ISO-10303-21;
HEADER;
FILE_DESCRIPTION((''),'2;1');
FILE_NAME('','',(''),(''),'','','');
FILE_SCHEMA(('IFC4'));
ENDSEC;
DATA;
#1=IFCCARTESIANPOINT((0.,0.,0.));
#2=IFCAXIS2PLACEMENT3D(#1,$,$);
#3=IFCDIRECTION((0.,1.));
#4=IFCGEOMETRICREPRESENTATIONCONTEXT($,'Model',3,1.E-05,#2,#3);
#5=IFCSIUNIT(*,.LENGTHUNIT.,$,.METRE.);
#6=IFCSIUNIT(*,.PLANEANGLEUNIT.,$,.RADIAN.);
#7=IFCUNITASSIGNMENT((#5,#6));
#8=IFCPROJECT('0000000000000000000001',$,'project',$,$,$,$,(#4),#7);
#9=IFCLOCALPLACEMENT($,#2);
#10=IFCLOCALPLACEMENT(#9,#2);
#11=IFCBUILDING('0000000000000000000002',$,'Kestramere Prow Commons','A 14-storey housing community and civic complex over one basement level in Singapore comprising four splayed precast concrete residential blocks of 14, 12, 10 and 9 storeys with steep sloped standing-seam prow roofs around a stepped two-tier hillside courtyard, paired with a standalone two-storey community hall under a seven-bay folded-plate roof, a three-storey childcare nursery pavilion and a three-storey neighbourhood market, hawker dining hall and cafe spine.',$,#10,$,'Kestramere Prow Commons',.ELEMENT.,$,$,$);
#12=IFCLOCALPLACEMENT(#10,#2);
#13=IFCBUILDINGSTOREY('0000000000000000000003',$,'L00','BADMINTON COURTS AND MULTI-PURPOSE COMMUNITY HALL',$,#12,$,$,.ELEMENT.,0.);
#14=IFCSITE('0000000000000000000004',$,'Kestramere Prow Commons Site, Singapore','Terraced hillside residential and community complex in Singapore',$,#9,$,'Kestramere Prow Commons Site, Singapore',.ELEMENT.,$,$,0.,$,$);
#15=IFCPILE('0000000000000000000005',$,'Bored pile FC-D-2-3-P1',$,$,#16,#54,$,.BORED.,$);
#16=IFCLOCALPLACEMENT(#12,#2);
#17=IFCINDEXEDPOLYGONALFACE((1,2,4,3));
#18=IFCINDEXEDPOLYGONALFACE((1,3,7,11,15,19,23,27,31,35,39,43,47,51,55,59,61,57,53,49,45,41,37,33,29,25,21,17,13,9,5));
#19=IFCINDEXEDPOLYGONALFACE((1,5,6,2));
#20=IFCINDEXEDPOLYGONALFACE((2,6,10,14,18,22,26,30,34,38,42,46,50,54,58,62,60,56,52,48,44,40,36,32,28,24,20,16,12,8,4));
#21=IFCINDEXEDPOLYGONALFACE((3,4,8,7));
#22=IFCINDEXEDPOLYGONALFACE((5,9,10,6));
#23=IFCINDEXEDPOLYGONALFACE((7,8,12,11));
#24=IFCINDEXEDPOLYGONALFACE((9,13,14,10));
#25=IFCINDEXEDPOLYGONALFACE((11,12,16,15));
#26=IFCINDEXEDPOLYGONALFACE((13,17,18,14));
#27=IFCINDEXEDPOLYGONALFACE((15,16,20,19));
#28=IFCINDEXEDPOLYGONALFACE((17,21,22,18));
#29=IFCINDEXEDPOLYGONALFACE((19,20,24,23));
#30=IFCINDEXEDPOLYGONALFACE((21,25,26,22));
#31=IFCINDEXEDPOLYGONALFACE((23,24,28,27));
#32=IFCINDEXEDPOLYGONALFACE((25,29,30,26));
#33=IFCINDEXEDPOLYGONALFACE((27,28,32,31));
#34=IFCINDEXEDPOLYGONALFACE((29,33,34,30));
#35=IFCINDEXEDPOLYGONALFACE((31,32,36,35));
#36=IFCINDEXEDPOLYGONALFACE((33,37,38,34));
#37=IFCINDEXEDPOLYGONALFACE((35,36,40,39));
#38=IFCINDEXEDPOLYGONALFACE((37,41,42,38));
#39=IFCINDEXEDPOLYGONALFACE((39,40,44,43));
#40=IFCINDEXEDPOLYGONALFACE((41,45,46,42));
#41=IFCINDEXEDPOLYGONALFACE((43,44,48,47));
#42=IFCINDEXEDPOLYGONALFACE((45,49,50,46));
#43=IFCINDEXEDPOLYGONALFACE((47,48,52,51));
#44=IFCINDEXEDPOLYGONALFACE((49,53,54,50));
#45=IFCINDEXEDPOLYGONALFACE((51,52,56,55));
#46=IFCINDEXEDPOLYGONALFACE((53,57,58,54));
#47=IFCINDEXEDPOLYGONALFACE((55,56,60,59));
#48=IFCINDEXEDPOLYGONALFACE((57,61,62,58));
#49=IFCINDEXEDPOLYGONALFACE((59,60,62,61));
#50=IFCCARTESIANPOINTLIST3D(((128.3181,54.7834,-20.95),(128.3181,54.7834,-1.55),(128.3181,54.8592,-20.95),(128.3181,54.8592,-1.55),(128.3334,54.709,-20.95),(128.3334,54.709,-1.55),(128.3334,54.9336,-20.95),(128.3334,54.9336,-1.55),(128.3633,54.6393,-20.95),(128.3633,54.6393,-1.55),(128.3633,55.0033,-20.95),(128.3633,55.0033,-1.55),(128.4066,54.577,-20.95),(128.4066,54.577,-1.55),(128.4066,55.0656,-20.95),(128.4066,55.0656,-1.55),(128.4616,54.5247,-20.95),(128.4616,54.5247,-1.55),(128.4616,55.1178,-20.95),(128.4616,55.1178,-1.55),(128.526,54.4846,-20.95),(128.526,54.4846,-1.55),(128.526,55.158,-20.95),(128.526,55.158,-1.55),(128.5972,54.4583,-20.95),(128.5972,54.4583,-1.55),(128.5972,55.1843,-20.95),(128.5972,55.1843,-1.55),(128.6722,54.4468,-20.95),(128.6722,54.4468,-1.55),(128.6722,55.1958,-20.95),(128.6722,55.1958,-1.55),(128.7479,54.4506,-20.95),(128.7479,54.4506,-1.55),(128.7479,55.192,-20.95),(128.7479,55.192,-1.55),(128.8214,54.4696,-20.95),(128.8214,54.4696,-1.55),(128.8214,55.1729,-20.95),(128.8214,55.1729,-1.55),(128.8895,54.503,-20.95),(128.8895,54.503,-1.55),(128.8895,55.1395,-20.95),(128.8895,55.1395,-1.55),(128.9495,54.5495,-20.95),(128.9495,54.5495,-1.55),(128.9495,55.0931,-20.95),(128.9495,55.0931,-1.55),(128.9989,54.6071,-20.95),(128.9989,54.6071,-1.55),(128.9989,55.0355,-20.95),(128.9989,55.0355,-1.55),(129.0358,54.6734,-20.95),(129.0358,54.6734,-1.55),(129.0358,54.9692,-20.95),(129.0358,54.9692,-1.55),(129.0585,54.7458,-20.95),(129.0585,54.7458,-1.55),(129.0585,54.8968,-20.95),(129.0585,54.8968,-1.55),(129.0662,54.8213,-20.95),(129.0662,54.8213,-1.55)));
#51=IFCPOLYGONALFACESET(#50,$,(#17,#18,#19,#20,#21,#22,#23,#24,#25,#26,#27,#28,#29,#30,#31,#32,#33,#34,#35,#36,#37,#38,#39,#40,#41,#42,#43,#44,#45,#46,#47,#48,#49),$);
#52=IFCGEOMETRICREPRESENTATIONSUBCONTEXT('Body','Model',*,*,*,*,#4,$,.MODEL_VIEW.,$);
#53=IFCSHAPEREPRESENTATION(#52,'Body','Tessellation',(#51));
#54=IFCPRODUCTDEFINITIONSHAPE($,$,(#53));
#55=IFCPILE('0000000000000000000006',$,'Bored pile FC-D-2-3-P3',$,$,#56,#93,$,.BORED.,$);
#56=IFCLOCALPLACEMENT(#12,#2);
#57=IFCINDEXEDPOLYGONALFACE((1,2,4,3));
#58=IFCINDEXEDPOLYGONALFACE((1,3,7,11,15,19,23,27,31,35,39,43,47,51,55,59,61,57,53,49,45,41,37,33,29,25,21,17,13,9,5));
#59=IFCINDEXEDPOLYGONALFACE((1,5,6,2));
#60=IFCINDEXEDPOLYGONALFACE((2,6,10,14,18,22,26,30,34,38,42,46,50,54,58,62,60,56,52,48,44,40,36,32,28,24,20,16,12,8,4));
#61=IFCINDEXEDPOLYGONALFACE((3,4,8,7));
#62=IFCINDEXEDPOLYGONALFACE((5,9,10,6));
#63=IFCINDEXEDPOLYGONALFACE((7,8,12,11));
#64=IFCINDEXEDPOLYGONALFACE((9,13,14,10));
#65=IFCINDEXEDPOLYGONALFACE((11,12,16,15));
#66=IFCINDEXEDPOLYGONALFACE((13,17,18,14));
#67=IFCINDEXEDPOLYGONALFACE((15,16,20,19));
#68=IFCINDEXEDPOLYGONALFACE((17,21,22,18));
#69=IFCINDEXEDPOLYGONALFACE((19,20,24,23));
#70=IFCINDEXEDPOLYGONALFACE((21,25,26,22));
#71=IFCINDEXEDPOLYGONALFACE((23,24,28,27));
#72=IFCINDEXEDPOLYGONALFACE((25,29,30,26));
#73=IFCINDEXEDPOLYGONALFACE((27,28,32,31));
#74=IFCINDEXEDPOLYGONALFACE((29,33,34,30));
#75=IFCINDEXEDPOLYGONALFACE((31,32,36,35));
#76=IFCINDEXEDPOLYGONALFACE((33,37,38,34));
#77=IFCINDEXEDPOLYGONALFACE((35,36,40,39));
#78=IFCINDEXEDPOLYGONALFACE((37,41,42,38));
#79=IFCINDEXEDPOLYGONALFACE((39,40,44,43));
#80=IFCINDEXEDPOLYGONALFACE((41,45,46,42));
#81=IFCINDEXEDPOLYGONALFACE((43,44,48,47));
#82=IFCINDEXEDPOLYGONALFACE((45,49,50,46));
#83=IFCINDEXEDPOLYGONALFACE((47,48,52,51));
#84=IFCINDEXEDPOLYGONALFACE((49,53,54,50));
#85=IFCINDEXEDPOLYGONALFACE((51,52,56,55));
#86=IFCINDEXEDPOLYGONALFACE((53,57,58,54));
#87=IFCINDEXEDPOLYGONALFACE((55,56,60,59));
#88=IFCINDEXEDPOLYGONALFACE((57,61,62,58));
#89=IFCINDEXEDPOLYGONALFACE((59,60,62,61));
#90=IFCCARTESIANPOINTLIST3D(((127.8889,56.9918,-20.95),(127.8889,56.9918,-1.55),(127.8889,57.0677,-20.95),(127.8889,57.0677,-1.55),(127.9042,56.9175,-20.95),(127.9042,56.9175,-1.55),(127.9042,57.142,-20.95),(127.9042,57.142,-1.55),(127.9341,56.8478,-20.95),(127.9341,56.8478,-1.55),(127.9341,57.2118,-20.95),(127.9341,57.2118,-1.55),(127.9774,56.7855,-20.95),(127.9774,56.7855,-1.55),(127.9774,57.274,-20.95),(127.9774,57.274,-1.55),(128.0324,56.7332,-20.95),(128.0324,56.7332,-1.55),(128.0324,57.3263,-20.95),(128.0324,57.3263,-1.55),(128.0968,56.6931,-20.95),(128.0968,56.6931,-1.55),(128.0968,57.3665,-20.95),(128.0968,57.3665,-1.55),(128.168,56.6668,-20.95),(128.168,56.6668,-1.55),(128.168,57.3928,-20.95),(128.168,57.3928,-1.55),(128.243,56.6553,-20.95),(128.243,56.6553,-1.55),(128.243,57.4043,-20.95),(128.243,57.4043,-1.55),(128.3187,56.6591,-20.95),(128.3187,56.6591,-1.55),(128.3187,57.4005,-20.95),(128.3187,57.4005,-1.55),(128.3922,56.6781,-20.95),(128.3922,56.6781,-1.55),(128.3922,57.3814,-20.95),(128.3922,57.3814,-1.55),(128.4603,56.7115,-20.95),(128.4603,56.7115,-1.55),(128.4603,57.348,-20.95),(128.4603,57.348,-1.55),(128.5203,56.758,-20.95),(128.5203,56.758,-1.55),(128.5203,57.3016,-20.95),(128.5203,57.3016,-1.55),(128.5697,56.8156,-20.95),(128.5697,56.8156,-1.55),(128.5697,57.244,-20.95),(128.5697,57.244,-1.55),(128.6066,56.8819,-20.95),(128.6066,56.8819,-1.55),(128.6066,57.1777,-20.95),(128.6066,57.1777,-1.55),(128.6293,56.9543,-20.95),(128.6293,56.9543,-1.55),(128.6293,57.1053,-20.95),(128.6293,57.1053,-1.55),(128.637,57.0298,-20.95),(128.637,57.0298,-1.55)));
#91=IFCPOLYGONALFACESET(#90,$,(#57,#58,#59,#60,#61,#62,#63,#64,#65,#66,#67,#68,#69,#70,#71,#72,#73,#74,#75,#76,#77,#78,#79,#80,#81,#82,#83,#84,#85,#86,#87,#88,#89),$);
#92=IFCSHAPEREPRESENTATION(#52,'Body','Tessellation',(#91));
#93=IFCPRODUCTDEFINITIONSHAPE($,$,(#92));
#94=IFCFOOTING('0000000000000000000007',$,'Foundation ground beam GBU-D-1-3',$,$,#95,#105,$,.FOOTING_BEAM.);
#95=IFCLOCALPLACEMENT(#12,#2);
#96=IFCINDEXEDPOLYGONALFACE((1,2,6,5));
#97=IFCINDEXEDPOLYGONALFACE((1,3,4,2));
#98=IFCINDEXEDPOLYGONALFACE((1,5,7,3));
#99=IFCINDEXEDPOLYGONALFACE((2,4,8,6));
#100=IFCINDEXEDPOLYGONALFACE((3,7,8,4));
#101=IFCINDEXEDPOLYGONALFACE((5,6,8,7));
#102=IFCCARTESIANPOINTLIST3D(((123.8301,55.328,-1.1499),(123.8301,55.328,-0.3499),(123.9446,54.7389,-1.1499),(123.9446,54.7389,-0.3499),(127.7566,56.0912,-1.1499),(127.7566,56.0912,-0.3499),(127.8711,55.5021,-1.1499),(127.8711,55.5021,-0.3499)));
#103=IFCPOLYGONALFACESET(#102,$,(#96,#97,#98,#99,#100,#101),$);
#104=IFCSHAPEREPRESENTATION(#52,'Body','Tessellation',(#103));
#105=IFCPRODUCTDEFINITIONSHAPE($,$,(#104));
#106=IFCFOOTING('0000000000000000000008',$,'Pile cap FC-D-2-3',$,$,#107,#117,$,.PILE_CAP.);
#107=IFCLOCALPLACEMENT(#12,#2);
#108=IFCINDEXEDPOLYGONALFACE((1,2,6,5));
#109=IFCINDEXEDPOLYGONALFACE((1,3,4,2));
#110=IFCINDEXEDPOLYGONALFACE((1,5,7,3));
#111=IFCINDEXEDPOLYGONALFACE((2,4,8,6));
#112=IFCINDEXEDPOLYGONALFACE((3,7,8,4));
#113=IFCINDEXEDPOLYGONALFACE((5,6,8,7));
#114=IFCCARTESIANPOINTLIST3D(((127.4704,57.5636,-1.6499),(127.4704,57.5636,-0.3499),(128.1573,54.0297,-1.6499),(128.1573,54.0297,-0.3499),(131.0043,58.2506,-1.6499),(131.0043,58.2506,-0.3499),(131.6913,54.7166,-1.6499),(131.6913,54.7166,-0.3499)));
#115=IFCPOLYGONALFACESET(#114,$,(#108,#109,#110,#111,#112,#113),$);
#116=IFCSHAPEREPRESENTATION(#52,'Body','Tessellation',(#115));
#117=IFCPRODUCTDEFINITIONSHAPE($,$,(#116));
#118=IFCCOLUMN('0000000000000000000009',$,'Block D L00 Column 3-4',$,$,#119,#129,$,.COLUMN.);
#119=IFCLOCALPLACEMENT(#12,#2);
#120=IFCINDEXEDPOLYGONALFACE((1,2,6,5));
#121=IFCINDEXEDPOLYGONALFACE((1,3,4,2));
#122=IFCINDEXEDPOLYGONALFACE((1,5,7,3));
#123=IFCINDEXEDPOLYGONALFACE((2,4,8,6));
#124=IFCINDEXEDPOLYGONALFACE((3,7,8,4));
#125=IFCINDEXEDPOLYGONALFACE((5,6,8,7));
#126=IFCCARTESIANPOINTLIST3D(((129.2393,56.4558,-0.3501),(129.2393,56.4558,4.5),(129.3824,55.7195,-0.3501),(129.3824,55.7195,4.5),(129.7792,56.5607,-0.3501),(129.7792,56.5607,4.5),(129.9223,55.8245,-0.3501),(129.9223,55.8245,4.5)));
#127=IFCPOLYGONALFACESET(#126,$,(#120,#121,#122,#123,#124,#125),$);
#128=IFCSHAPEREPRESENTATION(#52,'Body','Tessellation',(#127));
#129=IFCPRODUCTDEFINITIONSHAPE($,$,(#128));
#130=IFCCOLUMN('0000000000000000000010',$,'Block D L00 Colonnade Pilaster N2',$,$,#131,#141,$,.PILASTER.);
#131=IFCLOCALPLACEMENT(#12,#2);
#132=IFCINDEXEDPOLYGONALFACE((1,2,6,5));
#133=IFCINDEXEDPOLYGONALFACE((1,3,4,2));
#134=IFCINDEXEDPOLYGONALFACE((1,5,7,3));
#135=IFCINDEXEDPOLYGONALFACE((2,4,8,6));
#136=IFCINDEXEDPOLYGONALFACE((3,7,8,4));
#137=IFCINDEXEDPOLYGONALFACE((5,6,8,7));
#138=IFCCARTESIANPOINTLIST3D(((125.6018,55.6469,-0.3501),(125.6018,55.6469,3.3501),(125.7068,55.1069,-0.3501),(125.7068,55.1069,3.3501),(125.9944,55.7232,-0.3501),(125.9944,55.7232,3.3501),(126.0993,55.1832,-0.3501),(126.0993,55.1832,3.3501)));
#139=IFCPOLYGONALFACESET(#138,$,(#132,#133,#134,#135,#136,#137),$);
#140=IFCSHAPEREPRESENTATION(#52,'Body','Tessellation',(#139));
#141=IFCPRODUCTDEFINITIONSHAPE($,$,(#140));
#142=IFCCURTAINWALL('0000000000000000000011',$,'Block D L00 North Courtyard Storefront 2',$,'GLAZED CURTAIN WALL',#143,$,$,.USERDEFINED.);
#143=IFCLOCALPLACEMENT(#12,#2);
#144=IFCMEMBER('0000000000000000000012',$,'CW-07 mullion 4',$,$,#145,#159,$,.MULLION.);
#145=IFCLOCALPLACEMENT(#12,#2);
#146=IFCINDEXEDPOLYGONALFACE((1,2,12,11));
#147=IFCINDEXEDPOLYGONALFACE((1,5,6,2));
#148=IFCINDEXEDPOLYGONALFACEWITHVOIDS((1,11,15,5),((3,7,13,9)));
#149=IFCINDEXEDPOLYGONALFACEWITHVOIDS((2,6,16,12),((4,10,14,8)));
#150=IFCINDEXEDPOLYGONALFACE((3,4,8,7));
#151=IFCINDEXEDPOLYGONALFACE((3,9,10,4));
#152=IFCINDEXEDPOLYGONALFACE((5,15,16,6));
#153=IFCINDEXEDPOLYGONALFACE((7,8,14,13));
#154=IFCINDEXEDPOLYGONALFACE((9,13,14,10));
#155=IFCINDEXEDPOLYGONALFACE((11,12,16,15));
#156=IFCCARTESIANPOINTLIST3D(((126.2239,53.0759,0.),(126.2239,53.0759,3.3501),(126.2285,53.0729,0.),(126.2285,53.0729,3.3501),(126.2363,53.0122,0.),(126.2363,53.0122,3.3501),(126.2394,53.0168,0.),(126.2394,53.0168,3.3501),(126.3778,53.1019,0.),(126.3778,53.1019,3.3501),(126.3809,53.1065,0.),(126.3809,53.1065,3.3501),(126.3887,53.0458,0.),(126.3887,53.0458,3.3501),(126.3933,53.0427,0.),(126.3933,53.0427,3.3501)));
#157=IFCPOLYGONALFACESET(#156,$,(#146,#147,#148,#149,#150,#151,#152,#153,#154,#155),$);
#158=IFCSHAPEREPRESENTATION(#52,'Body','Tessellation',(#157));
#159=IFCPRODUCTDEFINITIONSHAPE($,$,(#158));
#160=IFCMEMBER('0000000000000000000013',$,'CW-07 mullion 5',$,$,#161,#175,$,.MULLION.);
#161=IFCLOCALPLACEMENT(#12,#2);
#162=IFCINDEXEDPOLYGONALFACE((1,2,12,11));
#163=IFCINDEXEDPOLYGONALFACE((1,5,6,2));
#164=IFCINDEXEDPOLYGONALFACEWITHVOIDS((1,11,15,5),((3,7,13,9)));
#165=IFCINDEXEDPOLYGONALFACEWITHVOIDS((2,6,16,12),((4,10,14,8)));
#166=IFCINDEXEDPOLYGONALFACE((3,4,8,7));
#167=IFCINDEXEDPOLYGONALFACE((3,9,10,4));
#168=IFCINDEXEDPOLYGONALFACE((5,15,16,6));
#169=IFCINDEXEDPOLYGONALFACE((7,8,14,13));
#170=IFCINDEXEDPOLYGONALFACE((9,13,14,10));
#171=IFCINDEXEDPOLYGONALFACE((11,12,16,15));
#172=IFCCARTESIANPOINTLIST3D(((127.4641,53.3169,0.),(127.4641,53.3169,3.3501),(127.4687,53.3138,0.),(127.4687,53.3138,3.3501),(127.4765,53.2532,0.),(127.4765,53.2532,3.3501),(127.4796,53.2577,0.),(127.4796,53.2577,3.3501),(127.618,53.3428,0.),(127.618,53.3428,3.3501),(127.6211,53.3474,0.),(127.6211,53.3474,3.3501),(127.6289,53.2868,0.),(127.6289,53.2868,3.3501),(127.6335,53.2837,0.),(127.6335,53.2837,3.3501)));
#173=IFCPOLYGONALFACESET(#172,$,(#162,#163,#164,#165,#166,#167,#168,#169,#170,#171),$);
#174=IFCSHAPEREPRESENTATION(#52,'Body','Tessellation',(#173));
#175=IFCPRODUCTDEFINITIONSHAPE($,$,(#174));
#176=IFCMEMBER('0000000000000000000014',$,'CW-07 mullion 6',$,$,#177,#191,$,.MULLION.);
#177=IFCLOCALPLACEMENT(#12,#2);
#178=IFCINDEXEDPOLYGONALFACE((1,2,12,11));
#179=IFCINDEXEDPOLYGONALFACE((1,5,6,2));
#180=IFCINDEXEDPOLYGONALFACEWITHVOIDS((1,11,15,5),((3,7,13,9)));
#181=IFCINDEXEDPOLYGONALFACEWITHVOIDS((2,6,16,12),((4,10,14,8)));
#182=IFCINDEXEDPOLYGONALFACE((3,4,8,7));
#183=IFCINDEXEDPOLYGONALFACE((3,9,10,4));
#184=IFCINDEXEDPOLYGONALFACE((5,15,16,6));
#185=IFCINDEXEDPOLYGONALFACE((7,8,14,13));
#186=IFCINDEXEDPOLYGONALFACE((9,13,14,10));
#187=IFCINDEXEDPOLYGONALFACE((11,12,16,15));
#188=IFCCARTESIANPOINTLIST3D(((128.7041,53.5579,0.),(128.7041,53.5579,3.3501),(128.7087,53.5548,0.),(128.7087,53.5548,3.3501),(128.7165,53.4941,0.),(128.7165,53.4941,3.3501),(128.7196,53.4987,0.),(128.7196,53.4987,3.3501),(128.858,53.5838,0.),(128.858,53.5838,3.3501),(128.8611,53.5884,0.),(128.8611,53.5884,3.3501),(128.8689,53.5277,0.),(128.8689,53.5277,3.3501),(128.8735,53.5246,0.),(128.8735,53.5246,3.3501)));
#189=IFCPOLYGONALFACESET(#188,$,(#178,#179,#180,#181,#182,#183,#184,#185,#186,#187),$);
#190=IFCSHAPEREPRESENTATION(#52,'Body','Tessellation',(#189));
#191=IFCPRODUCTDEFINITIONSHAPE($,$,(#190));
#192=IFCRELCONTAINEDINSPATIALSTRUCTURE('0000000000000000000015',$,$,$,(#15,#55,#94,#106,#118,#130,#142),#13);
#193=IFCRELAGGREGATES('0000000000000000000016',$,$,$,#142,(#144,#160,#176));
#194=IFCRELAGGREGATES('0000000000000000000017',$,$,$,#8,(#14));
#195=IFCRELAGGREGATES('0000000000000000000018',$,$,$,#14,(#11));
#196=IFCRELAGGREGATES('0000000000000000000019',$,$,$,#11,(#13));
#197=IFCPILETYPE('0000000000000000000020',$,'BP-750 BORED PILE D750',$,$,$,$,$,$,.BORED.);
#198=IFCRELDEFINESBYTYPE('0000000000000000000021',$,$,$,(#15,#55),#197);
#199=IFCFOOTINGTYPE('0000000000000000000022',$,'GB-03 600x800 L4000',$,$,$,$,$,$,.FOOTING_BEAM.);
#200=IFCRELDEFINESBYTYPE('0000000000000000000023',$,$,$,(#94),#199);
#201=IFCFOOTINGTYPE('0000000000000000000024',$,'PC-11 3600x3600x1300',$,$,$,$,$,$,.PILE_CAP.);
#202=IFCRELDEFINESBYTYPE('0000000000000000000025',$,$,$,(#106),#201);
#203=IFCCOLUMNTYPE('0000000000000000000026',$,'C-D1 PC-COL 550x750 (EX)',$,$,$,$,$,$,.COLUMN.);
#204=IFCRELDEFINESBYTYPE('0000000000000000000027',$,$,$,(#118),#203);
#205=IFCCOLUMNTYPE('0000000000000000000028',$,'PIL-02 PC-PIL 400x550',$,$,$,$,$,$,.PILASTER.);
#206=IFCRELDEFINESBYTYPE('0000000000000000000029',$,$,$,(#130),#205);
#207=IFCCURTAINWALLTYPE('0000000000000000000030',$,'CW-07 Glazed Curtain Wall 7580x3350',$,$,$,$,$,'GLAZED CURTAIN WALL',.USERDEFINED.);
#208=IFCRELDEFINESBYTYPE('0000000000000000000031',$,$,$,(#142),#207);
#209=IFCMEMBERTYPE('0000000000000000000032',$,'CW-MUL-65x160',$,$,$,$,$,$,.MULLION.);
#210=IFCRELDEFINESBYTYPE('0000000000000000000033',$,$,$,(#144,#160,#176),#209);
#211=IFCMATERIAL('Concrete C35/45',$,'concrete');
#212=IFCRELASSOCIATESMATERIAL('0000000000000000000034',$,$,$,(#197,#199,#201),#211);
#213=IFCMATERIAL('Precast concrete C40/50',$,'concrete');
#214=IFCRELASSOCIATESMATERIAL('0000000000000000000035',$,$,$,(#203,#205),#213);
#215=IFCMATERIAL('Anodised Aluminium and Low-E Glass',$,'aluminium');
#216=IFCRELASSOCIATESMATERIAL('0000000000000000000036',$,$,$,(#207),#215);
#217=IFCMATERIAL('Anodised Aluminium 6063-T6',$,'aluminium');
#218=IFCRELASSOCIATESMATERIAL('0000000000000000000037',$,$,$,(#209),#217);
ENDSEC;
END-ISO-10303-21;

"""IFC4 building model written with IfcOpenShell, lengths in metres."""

from ifc_helpers import new_model, si_unit, direction, frame, origin, origin_2d, place, context, subcontext, project, spatial, rectangle, hollow_rectangle, circle, extrude, material, material_profile, profile_set, type_object, element, aggregate, save


model = new_model("IFC4")

# Units and contexts
model_context = context("Model", 3, precision=1e-05, world=origin(), true_north=direction((0.0, 1.0)))
body_context = subcontext(model_context, "Body", "Model", "MODEL_VIEW")
ifc_project = project(units=[si_unit("LENGTHUNIT", "METRE"), si_unit("PLANEANGLEUNIT", "RADIAN")], contexts=[model_context])

# Site, building, storey
site_placement = place(None, origin())
site = spatial("IfcSite", under=ifc_project, at=site_placement, Name="Kestramere Prow Commons Site, Singapore", Description="Terraced hillside residential and community complex in Singapore", LongName="Kestramere Prow Commons Site, Singapore", CompositionType="ELEMENT", RefElevation=0.0)
building_placement = place(site_placement, origin())
building = spatial("IfcBuilding", under=site, at=building_placement, Name="Kestramere Prow Commons", Description="A 14-storey housing community and civic complex over one basement level in Singapore comprising four splayed precast concrete residential blocks of 14, 12, 10 and 9 storeys with steep sloped standing-seam prow roofs around a stepped two-tier hillside courtyard, paired with a standalone two-storey community hall under a seven-bay folded-plate roof, a three-storey childcare nursery pavilion and a three-storey neighbourhood market, hawker dining hall and cafe spine.", LongName="Kestramere Prow Commons", CompositionType="ELEMENT")
storey_placement = place(building_placement, origin())
storey = spatial("IfcBuildingStorey", under=building, at=storey_placement, Name="L00", Description="BADMINTON COURTS AND MULTI-PURPOSE COMMUNITY HALL", CompositionType="ELEMENT", Elevation=0.0)

# Piles
ifc_material_1 = material(Name="Concrete C35/45", Category="concrete")
ifc_material_profile_1 = material_profile(ifc_material_1, circle(Radius=0.375, at=origin_2d()), Name="BORED PILE D750")
ifc_profile_set_1 = profile_set([ifc_material_profile_1], Name="Concrete C35/45")
pile_type = type_object("IfcPileType", Name="BP-750 BORED PILE D750", PredefinedType="BORED", material=ifc_profile_set_1)
for number, where, z_axis, x_axis, name in (
    (1, (128.6912, 54.8213, -1.55), (0.0, 0.0, -1.0), (1.0, 0.0, 0.0), "Bored pile FC-D-2-3-P1"),
    (2, (128.262, 57.0298, -1.55), (0.0, 0.0, -1.0), (1.0, 0.0, 0.0), "Bored pile FC-D-2-3-P3"),
):
    element("IfcPile", number, at=place(storey_placement, frame(where, z_axis=z_axis, x_axis=x_axis)), inside=storey, type_object=pile_type, Name=name, PredefinedType="BORED", context=body_context, shape_type="SweptSolid", body=[
        extrude(circle(Radius=0.375, at=origin_2d()), origin(), (0.0, 0.0, 1.0), 19.3999),
    ])

# Footings
footing_type_1 = type_object("IfcFootingType", Name="GB-03 600x800 L4000", PredefinedType="FOOTING_BEAM", material=ifc_material_1)
footing_1_placement = place(storey_placement, frame((125.8506, 55.415, -1.1499), z_axis=(0.0, 0.0, 1.0), x_axis=(0.981627, 0.190809, 0.0)))
element("IfcFooting", 3, at=footing_1_placement, inside=storey, type_object=footing_type_1, Name="Foundation ground beam GBU-D-1-3", PredefinedType="FOOTING_BEAM", context=body_context, shape_type="SweptSolid", body=[
    extrude(rectangle(XDim=4.0, YDim=0.6001, at=origin_2d()), origin(), (0.0, 0.0, 1.0), 0.8),
])
footing_type_2 = type_object("IfcFootingType", Name="PC-11 3600x3600x1300", PredefinedType="PILE_CAP", material=ifc_material_1)
footing_2_placement = place(storey_placement, frame((129.5808, 56.1401, -1.6499), z_axis=(0.0, 0.0, 1.0), x_axis=(0.981627, 0.190809, 0.0)))
element("IfcFooting", 4, at=footing_2_placement, inside=storey, type_object=footing_type_2, Name="Pile cap FC-D-2-3", PredefinedType="PILE_CAP", context=body_context, shape_type="SweptSolid", body=[
    extrude(rectangle(XDim=3.6001, YDim=3.6001, at=origin_2d()), origin(), (0.0, 0.0, 1.0), 1.3),
])

# Columns
ifc_material_2 = material(Name="Precast concrete C40/50", Category="concrete")
ifc_material_profile_2 = material_profile(ifc_material_2, rectangle(XDim=0.55, YDim=0.75, at=origin_2d()), Name="PC-COL 550x750")
ifc_profile_set_2 = profile_set([ifc_material_profile_2], Name="Precast concrete C40/50")
column_type_1 = type_object("IfcColumnType", Name="C-D1 PC-COL 550x750 (EX)", PredefinedType="COLUMN", material=ifc_profile_set_2)
column_1_placement = place(storey_placement, frame((129.5808, 56.1401, -0.3501), z_axis=(0.0, 0.0, 1.0), x_axis=(0.981627, 0.190809, 0.0)))
element("IfcColumn", 5, at=column_1_placement, inside=storey, type_object=column_type_1, Name="Block D L00 Column 3-4", PredefinedType="COLUMN", context=body_context, shape_type="SweptSolid", body=[
    extrude(rectangle(XDim=0.55, YDim=0.75, at=origin_2d()), origin(), (0.0, 0.0, 1.0), 4.8501),
])
ifc_material_profile_3 = material_profile(ifc_material_2, rectangle(XDim=0.3999, YDim=0.55, at=origin_2d()), Name="PC-PIL 400x550")
ifc_profile_set_3 = profile_set([ifc_material_profile_3], Name="Precast concrete C40/50")
column_type_2 = type_object("IfcColumnType", Name="PIL-02 PC-PIL 400x550", PredefinedType="PILASTER", material=ifc_profile_set_3)
column_2_placement = place(storey_placement, frame((125.8506, 55.415, -0.3501), z_axis=(0.0, 0.0, 1.0), x_axis=(0.981627, 0.190809, 0.0)))
element("IfcColumn", 6, at=column_2_placement, inside=storey, type_object=column_type_2, Name="Block D L00 Colonnade Pilaster N2", PredefinedType="PILASTER", context=body_context, shape_type="SweptSolid", body=[
    extrude(rectangle(XDim=0.3999, YDim=0.55, at=origin_2d()), origin(), (0.0, 0.0, 1.0), 3.7002),
])

# Curtain wall, members
ifc_material_3 = material(Name="Anodised Aluminium and Low-E Glass", Category="aluminium")
curtain_wall_type = type_object("IfcCurtainWallType", Name="CW-07 Glazed Curtain Wall 7580x3350", ElementType="GLAZED CURTAIN WALL", PredefinedType="USERDEFINED", material=ifc_material_3)
curtain_wall_placement = place(storey_placement, origin())
curtain_wall = element("IfcCurtainWall", 7, at=curtain_wall_placement, inside=storey, type_object=curtain_wall_type, Name="Block D L00 North Courtyard Storefront 2", ObjectType="GLAZED CURTAIN WALL", PredefinedType="USERDEFINED")
ifc_material_4 = material(Name="Anodised Aluminium 6063-T6", Category="aluminium")
ifc_material_profile_4 = material_profile(ifc_material_4, hollow_rectangle(XDim=0.0649, YDim=0.1599, WallThickness=0.0039, at=origin_2d()), Name="ALU-MUL 65x160")
ifc_profile_set_4 = profile_set([ifc_material_profile_4], Name="Anodised Aluminium 6063-T6")
member_type_1 = type_object("IfcMemberType", Name="CW-MUL-65x160", PredefinedType="MULLION", material=ifc_profile_set_4)
member_1_placement = place(storey_placement, frame((126.3086, 53.0593, 0.0), z_axis=(0.0, 0.0, 1.0), x_axis=(-0.190809, 0.981627, 0.0)))
member_1 = element("IfcMember", 8, at=member_1_placement, type_object=member_type_1, Name="CW-07 mullion 4", PredefinedType="MULLION", context=body_context, shape_type="SweptSolid", body=[
    extrude(hollow_rectangle(XDim=0.0649, YDim=0.1599, WallThickness=0.0039, at=origin_2d()), origin(), (0.0, 0.0, 1.0), 3.3501),
])
member_2_placement = place(storey_placement, frame((127.5488, 53.3003, 0.0), z_axis=(0.0, 0.0, 1.0), x_axis=(-0.190809, 0.981627, 0.0)))
member_2 = element("IfcMember", 9, at=member_2_placement, type_object=member_type_1, Name="CW-07 mullion 5", PredefinedType="MULLION", context=body_context, shape_type="SweptSolid", body=[
    extrude(hollow_rectangle(XDim=0.0649, YDim=0.1599, WallThickness=0.0039, at=origin_2d()), origin(), (0.0, 0.0, 1.0), 3.3501),
])
member_3_placement = place(storey_placement, frame((128.7888, 53.5413, 0.0), z_axis=(0.0, 0.0, 1.0), x_axis=(-0.190809, 0.981627, 0.0)))
member_3 = element("IfcMember", 10, at=member_3_placement, type_object=member_type_1, Name="CW-07 mullion 6", PredefinedType="MULLION", context=body_context, shape_type="SweptSolid", body=[
    extrude(hollow_rectangle(XDim=0.0649, YDim=0.1599, WallThickness=0.0039, at=origin_2d()), origin(), (0.0, 0.0, 1.0), 3.3501),
])
aggregate(curtain_wall, [member_1, member_2, member_3])

save(model, "model.ifc")
